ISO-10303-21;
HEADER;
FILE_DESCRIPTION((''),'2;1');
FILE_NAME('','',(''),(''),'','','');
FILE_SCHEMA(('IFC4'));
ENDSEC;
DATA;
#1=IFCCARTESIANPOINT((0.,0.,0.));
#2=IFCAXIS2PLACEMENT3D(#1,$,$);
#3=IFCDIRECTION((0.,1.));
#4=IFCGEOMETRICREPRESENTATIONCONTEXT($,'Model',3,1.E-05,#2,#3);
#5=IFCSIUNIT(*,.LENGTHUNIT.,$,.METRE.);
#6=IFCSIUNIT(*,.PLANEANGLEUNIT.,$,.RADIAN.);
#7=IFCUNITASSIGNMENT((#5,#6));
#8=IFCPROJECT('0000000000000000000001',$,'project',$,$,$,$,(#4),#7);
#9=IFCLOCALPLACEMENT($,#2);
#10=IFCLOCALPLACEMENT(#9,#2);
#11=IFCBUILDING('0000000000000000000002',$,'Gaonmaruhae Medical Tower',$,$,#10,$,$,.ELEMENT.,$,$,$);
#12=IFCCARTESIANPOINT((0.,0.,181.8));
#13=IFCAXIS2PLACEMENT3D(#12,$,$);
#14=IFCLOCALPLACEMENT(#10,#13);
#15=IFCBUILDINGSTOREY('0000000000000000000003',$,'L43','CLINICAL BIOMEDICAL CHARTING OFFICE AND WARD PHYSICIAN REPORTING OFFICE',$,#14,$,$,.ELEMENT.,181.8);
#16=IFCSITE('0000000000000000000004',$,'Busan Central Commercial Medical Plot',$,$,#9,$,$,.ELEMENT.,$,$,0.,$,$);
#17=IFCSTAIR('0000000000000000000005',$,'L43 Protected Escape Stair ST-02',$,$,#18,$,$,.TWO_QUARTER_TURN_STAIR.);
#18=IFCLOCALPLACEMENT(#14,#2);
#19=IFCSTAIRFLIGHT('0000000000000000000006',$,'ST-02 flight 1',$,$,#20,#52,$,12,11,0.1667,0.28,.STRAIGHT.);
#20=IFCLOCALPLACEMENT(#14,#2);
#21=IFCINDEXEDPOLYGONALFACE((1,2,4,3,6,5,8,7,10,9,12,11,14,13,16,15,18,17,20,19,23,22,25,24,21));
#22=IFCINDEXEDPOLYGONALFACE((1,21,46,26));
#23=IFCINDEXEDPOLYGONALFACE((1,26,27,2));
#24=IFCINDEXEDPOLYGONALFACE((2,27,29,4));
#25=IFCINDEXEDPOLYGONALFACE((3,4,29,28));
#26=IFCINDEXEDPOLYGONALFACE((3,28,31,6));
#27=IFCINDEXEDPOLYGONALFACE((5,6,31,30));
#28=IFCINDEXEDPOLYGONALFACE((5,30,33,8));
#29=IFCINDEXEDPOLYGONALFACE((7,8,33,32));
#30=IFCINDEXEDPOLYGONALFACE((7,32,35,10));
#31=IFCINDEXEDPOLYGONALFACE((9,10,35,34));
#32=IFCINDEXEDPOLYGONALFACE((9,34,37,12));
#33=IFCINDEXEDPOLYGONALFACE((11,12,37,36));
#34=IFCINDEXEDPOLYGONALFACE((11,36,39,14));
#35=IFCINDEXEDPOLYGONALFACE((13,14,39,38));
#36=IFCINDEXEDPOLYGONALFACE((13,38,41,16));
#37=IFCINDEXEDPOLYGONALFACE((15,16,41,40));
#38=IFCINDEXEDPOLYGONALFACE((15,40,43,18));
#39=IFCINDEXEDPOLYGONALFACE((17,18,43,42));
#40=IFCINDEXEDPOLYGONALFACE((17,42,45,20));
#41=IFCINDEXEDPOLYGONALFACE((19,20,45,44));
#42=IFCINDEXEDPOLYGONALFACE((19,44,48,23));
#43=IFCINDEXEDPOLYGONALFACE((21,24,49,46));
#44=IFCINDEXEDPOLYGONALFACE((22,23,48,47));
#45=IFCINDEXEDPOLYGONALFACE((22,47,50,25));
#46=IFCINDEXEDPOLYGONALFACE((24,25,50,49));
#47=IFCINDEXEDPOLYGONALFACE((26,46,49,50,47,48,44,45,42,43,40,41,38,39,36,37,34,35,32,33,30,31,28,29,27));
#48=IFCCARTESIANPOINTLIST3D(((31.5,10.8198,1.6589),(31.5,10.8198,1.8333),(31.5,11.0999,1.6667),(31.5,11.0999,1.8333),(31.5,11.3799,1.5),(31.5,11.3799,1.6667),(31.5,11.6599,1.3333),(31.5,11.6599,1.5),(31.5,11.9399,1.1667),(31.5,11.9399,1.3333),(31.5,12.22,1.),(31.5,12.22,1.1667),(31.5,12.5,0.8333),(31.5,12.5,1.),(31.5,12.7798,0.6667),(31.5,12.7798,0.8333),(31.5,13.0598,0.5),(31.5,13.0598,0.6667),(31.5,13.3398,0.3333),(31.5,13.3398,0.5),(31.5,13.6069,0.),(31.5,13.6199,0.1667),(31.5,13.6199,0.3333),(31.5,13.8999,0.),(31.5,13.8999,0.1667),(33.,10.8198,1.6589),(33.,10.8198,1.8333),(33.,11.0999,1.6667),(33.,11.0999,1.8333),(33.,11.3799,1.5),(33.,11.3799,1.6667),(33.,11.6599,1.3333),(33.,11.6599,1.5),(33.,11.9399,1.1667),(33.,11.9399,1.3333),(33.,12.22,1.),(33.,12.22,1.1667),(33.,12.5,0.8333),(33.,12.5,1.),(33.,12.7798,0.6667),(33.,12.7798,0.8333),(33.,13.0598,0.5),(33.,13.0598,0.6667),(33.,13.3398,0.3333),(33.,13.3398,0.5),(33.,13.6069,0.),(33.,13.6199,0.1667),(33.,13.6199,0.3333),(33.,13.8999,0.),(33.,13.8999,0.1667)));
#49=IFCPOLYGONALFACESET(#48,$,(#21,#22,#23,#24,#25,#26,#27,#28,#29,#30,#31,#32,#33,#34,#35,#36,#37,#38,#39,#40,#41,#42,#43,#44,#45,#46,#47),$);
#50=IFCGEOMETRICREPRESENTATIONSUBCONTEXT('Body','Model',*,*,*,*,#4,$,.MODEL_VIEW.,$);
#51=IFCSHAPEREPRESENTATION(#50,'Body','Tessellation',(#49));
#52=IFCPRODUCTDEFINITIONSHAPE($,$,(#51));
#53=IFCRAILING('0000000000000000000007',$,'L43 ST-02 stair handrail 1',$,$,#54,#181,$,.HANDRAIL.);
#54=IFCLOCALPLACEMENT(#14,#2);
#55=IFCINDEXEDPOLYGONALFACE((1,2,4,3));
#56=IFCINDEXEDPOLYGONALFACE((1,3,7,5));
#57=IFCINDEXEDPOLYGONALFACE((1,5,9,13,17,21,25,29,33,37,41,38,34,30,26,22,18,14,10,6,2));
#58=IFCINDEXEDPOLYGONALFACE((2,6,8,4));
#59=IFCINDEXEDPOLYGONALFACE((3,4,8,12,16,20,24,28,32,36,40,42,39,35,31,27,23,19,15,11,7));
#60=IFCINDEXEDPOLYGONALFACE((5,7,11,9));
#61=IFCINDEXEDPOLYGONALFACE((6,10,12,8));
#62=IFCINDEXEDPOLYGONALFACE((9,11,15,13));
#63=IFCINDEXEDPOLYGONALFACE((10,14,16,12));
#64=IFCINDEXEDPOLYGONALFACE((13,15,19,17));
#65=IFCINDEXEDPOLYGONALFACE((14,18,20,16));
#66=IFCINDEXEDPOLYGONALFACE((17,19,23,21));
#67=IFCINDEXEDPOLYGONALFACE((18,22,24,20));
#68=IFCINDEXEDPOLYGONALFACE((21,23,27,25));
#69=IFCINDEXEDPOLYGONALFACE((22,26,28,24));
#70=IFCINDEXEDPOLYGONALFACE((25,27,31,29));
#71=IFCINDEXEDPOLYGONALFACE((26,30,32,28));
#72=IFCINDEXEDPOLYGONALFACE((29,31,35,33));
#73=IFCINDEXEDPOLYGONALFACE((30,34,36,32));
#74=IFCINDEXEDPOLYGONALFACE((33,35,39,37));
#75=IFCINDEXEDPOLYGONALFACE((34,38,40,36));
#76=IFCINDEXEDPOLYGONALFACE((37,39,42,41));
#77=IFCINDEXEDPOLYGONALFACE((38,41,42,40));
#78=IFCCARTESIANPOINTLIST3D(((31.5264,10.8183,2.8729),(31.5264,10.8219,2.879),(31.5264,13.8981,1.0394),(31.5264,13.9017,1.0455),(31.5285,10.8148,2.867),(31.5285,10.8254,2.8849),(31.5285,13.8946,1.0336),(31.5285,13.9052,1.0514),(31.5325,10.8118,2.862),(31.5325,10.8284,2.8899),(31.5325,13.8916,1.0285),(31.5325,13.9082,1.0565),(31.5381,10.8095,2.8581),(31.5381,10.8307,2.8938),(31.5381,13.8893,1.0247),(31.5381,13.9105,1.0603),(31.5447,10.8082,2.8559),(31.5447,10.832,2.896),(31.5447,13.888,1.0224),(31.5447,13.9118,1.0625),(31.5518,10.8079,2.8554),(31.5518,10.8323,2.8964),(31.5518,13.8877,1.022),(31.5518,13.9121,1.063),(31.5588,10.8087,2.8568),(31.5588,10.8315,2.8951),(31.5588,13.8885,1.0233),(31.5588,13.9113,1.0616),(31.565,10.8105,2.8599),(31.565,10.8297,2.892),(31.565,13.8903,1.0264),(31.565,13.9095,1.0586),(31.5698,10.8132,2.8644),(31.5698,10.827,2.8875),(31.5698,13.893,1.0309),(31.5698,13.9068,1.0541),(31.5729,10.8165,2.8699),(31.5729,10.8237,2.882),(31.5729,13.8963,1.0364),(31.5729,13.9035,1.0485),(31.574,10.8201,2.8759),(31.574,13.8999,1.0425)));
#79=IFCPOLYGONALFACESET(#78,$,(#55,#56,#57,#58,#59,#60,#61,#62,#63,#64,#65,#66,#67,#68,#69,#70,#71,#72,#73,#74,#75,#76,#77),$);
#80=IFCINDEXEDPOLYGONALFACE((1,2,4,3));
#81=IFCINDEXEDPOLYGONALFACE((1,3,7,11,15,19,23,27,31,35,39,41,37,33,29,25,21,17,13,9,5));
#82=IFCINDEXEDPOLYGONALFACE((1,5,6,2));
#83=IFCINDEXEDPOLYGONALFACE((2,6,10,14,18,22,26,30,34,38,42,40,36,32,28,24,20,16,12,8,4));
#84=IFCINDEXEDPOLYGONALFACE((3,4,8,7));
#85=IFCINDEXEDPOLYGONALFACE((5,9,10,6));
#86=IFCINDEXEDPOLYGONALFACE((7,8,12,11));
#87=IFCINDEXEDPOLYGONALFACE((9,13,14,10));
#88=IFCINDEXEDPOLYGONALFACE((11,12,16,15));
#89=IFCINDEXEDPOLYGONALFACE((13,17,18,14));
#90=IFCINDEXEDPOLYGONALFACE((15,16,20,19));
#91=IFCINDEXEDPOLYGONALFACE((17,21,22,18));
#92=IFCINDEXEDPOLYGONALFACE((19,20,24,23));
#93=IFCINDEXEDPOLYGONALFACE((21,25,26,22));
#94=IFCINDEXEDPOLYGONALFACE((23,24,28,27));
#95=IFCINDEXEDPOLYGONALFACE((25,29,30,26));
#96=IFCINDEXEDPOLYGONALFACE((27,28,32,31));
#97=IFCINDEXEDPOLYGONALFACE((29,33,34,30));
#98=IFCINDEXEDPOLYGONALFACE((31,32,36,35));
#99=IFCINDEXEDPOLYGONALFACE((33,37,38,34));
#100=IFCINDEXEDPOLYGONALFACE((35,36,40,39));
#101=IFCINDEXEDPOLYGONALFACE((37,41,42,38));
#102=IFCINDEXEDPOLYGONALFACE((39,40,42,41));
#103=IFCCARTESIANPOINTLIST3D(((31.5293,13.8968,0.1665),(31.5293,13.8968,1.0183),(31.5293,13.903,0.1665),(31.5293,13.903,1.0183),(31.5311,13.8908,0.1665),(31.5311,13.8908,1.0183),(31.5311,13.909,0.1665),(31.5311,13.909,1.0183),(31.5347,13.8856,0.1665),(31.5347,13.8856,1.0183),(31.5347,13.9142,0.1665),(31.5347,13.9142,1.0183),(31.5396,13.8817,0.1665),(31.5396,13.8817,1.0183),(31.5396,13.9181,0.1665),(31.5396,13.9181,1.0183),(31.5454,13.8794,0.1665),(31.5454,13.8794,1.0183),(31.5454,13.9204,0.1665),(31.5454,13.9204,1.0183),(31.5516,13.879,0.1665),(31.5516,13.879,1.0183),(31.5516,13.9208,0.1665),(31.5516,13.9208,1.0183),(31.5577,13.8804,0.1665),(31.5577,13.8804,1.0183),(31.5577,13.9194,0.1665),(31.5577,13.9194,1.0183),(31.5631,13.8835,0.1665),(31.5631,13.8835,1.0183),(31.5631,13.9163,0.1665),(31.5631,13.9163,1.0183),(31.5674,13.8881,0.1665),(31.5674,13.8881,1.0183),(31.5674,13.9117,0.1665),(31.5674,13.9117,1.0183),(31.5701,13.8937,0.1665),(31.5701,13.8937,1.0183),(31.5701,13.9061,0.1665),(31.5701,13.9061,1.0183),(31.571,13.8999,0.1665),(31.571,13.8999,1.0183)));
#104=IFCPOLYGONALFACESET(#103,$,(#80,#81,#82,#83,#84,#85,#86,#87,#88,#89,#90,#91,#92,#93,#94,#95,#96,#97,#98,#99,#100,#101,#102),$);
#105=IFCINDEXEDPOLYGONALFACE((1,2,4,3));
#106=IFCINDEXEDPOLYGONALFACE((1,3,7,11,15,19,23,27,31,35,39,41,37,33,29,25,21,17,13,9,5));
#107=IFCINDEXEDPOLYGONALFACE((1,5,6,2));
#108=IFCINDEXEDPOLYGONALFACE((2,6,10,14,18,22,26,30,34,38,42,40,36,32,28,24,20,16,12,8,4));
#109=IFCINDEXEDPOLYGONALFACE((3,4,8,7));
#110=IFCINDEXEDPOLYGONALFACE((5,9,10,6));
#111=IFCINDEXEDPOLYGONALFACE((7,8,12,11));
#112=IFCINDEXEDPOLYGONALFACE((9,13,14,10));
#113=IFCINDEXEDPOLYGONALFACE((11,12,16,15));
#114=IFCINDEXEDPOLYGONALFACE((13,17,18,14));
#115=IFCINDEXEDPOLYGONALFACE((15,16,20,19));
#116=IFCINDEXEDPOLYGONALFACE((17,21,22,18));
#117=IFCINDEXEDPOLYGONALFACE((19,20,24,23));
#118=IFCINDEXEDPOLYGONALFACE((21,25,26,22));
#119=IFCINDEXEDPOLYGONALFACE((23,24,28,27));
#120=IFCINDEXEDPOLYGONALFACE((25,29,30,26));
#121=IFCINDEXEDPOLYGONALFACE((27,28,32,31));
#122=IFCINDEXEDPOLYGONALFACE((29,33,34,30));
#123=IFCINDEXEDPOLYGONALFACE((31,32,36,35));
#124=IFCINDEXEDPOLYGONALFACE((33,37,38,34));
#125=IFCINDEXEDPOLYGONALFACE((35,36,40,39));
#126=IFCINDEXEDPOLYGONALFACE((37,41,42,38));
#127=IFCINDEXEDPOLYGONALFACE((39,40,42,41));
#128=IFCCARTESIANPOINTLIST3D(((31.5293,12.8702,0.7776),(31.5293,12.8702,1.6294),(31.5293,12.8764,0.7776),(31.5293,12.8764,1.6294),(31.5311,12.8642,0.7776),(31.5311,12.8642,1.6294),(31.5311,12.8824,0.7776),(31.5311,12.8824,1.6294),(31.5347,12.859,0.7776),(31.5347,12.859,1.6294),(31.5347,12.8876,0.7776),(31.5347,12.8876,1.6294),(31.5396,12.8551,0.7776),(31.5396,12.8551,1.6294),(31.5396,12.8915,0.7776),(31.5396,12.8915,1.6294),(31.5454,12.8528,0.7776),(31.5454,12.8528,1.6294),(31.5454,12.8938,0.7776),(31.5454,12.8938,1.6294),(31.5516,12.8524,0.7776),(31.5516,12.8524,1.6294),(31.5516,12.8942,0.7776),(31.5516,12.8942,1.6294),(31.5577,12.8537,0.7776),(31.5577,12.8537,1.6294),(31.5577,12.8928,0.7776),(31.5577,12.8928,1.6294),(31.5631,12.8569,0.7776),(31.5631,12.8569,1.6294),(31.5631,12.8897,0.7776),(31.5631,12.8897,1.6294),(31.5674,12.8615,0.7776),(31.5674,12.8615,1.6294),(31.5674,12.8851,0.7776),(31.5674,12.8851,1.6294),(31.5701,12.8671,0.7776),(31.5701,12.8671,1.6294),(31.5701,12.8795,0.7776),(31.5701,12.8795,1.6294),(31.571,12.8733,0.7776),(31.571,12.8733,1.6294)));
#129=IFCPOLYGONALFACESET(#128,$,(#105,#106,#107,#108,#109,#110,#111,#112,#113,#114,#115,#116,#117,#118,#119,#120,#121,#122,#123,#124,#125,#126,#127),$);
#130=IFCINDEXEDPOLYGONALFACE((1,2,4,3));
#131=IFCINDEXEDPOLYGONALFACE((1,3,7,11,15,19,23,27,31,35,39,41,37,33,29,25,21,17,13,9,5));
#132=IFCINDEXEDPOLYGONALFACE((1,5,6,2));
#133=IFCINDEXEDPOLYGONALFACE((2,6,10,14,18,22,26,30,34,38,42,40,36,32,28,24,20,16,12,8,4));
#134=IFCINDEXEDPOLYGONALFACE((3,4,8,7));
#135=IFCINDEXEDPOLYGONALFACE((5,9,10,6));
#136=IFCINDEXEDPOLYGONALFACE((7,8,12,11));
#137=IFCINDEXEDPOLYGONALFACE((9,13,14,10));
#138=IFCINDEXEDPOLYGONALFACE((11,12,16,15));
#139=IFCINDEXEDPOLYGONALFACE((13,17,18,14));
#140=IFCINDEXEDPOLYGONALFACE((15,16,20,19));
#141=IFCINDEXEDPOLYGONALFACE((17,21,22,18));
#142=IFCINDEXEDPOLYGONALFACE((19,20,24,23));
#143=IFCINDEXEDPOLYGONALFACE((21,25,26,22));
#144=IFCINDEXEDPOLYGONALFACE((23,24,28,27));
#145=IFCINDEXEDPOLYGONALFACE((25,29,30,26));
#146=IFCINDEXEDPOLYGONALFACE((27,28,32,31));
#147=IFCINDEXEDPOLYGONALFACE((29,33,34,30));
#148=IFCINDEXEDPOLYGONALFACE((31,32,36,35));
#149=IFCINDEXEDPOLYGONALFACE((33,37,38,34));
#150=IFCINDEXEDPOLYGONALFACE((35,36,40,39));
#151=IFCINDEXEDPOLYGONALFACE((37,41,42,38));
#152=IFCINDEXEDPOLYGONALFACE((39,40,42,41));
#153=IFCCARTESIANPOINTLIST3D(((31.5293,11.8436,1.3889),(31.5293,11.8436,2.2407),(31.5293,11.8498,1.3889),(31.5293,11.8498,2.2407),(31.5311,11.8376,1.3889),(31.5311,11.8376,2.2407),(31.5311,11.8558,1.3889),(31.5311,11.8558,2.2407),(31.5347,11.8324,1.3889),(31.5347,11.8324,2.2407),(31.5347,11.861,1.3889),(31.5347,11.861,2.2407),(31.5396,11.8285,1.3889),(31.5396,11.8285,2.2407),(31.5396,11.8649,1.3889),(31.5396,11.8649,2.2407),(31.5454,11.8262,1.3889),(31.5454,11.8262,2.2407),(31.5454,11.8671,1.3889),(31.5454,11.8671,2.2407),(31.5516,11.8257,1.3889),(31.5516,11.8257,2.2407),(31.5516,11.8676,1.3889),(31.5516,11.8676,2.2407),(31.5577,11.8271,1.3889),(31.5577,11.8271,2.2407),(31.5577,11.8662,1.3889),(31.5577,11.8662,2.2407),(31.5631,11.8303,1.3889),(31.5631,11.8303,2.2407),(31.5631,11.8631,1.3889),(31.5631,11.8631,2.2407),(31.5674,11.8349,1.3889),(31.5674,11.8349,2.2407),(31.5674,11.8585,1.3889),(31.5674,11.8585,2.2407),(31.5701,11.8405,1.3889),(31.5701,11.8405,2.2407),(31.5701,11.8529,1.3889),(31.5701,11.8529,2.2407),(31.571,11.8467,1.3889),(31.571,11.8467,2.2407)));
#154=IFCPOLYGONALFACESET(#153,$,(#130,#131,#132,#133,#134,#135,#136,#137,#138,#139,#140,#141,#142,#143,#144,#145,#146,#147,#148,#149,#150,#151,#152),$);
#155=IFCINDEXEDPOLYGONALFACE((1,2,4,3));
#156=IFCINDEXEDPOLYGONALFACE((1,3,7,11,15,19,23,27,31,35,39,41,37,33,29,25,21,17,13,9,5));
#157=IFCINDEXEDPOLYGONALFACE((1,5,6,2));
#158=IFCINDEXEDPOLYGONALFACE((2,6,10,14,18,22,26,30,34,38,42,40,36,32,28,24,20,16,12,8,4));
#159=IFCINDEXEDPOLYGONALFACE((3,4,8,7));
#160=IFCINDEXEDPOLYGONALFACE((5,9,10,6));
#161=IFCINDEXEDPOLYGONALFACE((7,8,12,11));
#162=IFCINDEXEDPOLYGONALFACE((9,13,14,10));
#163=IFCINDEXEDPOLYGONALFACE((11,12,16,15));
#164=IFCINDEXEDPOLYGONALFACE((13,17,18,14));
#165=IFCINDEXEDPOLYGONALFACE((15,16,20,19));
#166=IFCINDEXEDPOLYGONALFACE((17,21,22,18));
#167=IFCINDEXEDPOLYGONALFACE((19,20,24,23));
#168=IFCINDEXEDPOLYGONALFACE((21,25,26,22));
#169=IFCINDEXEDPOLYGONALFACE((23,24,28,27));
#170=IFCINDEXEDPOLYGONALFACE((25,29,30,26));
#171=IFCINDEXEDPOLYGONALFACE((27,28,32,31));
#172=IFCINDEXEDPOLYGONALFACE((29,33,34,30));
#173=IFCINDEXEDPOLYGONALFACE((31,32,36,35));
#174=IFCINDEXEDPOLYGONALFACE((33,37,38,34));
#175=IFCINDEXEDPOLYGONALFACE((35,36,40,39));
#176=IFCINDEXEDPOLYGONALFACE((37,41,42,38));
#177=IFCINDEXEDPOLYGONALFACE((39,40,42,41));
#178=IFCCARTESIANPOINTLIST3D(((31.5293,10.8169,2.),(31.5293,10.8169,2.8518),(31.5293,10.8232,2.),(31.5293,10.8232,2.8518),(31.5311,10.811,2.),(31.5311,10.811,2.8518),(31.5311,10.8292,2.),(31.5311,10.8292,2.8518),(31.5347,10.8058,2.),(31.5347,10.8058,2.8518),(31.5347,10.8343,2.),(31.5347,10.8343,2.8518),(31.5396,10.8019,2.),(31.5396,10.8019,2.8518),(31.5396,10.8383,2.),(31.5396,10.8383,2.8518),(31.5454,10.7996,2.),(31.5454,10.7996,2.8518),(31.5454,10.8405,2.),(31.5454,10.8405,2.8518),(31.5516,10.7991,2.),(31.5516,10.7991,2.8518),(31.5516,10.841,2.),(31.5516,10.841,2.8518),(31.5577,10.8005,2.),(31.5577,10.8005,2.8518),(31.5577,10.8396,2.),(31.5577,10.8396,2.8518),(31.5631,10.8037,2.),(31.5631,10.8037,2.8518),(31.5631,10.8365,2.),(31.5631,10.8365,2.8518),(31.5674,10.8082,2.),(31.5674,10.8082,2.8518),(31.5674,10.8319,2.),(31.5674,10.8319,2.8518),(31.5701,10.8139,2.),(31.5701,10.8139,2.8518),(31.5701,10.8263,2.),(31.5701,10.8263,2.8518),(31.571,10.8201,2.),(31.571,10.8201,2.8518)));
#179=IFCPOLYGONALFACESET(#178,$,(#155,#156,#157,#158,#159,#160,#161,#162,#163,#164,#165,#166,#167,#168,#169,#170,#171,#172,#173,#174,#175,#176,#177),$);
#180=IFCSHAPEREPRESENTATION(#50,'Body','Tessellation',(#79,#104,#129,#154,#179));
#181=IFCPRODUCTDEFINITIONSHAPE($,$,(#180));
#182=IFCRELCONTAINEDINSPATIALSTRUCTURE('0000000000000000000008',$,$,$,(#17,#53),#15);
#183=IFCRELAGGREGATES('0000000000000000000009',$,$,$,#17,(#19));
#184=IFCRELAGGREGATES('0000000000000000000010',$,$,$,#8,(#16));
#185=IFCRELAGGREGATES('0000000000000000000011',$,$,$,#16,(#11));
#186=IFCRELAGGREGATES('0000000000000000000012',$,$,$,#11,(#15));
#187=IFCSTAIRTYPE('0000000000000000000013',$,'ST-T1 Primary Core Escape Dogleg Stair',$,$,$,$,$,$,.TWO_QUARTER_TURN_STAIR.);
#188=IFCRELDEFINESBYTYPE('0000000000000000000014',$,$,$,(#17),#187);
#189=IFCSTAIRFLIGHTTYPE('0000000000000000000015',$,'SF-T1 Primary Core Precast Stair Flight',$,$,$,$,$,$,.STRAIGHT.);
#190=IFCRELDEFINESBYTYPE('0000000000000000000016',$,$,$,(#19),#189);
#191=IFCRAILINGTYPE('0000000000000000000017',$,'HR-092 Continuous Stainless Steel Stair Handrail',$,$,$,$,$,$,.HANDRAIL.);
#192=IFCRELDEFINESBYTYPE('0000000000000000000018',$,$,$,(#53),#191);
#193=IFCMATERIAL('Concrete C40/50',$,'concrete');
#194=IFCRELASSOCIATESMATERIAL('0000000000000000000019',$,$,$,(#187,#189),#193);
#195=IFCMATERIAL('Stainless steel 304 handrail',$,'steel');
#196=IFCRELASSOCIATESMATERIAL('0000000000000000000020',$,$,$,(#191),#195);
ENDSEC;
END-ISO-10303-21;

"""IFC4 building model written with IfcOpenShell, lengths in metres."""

from ifc_helpers import new_model, si_unit, direction, frame, origin, origin_2d, place, context, subcontext, project, spatial, polyline, circle, outline, extrude, material, type_object, element, aggregate, save


model = new_model("IFC4")

# Units and contexts
model_context = context("Model", 3, precision=1e-05, world=origin(), true_north=direction((0.0, 1.0)))
body_context = subcontext(model_context, "Body", "Model", "MODEL_VIEW")
ifc_project = project(units=[si_unit("LENGTHUNIT", "METRE"), si_unit("PLANEANGLEUNIT", "RADIAN")], contexts=[model_context])

# Site, building, storey
site_placement = place(None, origin())
site = spatial("IfcSite", under=ifc_project, at=site_placement, Name="Busan Central Commercial Medical Plot", CompositionType="ELEMENT", RefElevation=0.0)
building_placement = place(site_placement, origin())
building = spatial("IfcBuilding", under=site, at=building_placement, Name="Gaonmaruhae Medical Tower", CompositionType="ELEMENT")
storey_placement = place(building_placement, frame((0.0, 0.0, 181.8)))
storey = spatial("IfcBuildingStorey", under=building, at=storey_placement, Name="L43", Description="CLINICAL BIOMEDICAL CHARTING OFFICE AND WARD PHYSICIAN REPORTING OFFICE", CompositionType="ELEMENT", Elevation=181.8)

# Stair, stair flight
ifc_material_1 = material(Name="Concrete C40/50", Category="concrete")
stair_type = type_object("IfcStairType", Name="ST-T1 Primary Core Escape Dogleg Stair", PredefinedType="TWO_QUARTER_TURN_STAIR", material=ifc_material_1)
stair_placement = place(storey_placement, origin())
stair = element("IfcStair", 1, at=stair_placement, inside=storey, type_object=stair_type, Name="L43 Protected Escape Stair ST-02", PredefinedType="TWO_QUARTER_TURN_STAIR")
stair_flight_type = type_object("IfcStairFlightType", Name="SF-T1 Primary Core Precast Stair Flight", PredefinedType="STRAIGHT", material=ifc_material_1)
stair_flight_placement = place(storey_placement, frame((32.25, 13.8999, 0.0), z_axis=(0.0, 0.0, 1.0), x_axis=(0.0, -1.0, 0.0)))
stair_flight = element("IfcStairFlight", 2, at=stair_flight_placement, type_object=stair_flight_type, Name="ST-02 flight 1", NumberOfRisers=12, NumberOfTreads=11, PredefinedType="STRAIGHT", RiserHeight=0.1667, TreadLength=0.28, context=body_context, shape_type="SweptSolid", body=[
    extrude(outline(polyline([(0.0, 0.0), (0.0, 0.1667), (0.28, 0.1667), (0.28, 0.3333), (0.5601, 0.3333), (0.5601, 0.5), (0.8401, 0.5), (0.8401, 0.6667), (1.1201, 0.6667), (1.1201, 0.8333), (1.3999, 0.8333), (1.3999, 1.0), (1.6799, 1.0), (1.6799, 1.1667), (1.96, 1.1667), (1.96, 1.3333), (2.24, 1.3333), (2.24, 1.5), (2.52, 1.5), (2.52, 1.6667), (2.8, 1.6667), (2.8, 1.8333), (3.0801, 1.8333), (3.0801, 2.0), (3.0801, 1.6589), (0.293, 0.0), (0.0, 0.0)])), frame((0.0, 0.75, 0.0), z_axis=(0.0, -1.0, 0.0), x_axis=(1.0, 0.0, 0.0)), (0.0, 0.0, 1.0), 1.5),
])
aggregate(stair, [stair_flight])

# Railing
ifc_material_2 = material(Name="Stainless steel 304 handrail", Category="steel")
railing_type_1 = type_object("IfcRailingType", Name="HR-092 Continuous Stainless Steel Stair Handrail", PredefinedType="HANDRAIL", material=ifc_material_2)
railing_1_placement = place(storey_placement, frame((31.55, 13.8999, 0.1665)))
element("IfcRailing", 3, at=railing_1_placement, inside=storey, type_object=railing_type_1, Name="L43 ST-02 stair handrail 1", PredefinedType="HANDRAIL", context=body_context, shape_type="SweptSolid", body=[
    extrude(circle(Radius=0.0239, at=origin_2d()), frame((0.0, 0.0, 0.876), z_axis=(0.0, -0.859261, 0.511538), x_axis=(1.0, 0.0, 0.0)), (0.0, 0.0, 1.0), 3.5842),
    extrude(circle(Radius=0.021, at=origin_2d()), origin(), (0.0, 0.0, 1.0), 0.8518),
    extrude(circle(Radius=0.021, at=origin_2d()), frame((0.0, -1.0266, 0.6111)), (0.0, 0.0, 1.0), 0.8518),
    extrude(circle(Radius=0.021, at=origin_2d()), frame((0.0, -2.0532, 1.2224)), (0.0, 0.0, 1.0), 0.8518),
    extrude(circle(Radius=0.021, at=origin_2d()), frame((0.0, -3.0798, 1.8335)), (0.0, 0.0, 1.0), 0.8518),
])

save(model, "model.ifc")
